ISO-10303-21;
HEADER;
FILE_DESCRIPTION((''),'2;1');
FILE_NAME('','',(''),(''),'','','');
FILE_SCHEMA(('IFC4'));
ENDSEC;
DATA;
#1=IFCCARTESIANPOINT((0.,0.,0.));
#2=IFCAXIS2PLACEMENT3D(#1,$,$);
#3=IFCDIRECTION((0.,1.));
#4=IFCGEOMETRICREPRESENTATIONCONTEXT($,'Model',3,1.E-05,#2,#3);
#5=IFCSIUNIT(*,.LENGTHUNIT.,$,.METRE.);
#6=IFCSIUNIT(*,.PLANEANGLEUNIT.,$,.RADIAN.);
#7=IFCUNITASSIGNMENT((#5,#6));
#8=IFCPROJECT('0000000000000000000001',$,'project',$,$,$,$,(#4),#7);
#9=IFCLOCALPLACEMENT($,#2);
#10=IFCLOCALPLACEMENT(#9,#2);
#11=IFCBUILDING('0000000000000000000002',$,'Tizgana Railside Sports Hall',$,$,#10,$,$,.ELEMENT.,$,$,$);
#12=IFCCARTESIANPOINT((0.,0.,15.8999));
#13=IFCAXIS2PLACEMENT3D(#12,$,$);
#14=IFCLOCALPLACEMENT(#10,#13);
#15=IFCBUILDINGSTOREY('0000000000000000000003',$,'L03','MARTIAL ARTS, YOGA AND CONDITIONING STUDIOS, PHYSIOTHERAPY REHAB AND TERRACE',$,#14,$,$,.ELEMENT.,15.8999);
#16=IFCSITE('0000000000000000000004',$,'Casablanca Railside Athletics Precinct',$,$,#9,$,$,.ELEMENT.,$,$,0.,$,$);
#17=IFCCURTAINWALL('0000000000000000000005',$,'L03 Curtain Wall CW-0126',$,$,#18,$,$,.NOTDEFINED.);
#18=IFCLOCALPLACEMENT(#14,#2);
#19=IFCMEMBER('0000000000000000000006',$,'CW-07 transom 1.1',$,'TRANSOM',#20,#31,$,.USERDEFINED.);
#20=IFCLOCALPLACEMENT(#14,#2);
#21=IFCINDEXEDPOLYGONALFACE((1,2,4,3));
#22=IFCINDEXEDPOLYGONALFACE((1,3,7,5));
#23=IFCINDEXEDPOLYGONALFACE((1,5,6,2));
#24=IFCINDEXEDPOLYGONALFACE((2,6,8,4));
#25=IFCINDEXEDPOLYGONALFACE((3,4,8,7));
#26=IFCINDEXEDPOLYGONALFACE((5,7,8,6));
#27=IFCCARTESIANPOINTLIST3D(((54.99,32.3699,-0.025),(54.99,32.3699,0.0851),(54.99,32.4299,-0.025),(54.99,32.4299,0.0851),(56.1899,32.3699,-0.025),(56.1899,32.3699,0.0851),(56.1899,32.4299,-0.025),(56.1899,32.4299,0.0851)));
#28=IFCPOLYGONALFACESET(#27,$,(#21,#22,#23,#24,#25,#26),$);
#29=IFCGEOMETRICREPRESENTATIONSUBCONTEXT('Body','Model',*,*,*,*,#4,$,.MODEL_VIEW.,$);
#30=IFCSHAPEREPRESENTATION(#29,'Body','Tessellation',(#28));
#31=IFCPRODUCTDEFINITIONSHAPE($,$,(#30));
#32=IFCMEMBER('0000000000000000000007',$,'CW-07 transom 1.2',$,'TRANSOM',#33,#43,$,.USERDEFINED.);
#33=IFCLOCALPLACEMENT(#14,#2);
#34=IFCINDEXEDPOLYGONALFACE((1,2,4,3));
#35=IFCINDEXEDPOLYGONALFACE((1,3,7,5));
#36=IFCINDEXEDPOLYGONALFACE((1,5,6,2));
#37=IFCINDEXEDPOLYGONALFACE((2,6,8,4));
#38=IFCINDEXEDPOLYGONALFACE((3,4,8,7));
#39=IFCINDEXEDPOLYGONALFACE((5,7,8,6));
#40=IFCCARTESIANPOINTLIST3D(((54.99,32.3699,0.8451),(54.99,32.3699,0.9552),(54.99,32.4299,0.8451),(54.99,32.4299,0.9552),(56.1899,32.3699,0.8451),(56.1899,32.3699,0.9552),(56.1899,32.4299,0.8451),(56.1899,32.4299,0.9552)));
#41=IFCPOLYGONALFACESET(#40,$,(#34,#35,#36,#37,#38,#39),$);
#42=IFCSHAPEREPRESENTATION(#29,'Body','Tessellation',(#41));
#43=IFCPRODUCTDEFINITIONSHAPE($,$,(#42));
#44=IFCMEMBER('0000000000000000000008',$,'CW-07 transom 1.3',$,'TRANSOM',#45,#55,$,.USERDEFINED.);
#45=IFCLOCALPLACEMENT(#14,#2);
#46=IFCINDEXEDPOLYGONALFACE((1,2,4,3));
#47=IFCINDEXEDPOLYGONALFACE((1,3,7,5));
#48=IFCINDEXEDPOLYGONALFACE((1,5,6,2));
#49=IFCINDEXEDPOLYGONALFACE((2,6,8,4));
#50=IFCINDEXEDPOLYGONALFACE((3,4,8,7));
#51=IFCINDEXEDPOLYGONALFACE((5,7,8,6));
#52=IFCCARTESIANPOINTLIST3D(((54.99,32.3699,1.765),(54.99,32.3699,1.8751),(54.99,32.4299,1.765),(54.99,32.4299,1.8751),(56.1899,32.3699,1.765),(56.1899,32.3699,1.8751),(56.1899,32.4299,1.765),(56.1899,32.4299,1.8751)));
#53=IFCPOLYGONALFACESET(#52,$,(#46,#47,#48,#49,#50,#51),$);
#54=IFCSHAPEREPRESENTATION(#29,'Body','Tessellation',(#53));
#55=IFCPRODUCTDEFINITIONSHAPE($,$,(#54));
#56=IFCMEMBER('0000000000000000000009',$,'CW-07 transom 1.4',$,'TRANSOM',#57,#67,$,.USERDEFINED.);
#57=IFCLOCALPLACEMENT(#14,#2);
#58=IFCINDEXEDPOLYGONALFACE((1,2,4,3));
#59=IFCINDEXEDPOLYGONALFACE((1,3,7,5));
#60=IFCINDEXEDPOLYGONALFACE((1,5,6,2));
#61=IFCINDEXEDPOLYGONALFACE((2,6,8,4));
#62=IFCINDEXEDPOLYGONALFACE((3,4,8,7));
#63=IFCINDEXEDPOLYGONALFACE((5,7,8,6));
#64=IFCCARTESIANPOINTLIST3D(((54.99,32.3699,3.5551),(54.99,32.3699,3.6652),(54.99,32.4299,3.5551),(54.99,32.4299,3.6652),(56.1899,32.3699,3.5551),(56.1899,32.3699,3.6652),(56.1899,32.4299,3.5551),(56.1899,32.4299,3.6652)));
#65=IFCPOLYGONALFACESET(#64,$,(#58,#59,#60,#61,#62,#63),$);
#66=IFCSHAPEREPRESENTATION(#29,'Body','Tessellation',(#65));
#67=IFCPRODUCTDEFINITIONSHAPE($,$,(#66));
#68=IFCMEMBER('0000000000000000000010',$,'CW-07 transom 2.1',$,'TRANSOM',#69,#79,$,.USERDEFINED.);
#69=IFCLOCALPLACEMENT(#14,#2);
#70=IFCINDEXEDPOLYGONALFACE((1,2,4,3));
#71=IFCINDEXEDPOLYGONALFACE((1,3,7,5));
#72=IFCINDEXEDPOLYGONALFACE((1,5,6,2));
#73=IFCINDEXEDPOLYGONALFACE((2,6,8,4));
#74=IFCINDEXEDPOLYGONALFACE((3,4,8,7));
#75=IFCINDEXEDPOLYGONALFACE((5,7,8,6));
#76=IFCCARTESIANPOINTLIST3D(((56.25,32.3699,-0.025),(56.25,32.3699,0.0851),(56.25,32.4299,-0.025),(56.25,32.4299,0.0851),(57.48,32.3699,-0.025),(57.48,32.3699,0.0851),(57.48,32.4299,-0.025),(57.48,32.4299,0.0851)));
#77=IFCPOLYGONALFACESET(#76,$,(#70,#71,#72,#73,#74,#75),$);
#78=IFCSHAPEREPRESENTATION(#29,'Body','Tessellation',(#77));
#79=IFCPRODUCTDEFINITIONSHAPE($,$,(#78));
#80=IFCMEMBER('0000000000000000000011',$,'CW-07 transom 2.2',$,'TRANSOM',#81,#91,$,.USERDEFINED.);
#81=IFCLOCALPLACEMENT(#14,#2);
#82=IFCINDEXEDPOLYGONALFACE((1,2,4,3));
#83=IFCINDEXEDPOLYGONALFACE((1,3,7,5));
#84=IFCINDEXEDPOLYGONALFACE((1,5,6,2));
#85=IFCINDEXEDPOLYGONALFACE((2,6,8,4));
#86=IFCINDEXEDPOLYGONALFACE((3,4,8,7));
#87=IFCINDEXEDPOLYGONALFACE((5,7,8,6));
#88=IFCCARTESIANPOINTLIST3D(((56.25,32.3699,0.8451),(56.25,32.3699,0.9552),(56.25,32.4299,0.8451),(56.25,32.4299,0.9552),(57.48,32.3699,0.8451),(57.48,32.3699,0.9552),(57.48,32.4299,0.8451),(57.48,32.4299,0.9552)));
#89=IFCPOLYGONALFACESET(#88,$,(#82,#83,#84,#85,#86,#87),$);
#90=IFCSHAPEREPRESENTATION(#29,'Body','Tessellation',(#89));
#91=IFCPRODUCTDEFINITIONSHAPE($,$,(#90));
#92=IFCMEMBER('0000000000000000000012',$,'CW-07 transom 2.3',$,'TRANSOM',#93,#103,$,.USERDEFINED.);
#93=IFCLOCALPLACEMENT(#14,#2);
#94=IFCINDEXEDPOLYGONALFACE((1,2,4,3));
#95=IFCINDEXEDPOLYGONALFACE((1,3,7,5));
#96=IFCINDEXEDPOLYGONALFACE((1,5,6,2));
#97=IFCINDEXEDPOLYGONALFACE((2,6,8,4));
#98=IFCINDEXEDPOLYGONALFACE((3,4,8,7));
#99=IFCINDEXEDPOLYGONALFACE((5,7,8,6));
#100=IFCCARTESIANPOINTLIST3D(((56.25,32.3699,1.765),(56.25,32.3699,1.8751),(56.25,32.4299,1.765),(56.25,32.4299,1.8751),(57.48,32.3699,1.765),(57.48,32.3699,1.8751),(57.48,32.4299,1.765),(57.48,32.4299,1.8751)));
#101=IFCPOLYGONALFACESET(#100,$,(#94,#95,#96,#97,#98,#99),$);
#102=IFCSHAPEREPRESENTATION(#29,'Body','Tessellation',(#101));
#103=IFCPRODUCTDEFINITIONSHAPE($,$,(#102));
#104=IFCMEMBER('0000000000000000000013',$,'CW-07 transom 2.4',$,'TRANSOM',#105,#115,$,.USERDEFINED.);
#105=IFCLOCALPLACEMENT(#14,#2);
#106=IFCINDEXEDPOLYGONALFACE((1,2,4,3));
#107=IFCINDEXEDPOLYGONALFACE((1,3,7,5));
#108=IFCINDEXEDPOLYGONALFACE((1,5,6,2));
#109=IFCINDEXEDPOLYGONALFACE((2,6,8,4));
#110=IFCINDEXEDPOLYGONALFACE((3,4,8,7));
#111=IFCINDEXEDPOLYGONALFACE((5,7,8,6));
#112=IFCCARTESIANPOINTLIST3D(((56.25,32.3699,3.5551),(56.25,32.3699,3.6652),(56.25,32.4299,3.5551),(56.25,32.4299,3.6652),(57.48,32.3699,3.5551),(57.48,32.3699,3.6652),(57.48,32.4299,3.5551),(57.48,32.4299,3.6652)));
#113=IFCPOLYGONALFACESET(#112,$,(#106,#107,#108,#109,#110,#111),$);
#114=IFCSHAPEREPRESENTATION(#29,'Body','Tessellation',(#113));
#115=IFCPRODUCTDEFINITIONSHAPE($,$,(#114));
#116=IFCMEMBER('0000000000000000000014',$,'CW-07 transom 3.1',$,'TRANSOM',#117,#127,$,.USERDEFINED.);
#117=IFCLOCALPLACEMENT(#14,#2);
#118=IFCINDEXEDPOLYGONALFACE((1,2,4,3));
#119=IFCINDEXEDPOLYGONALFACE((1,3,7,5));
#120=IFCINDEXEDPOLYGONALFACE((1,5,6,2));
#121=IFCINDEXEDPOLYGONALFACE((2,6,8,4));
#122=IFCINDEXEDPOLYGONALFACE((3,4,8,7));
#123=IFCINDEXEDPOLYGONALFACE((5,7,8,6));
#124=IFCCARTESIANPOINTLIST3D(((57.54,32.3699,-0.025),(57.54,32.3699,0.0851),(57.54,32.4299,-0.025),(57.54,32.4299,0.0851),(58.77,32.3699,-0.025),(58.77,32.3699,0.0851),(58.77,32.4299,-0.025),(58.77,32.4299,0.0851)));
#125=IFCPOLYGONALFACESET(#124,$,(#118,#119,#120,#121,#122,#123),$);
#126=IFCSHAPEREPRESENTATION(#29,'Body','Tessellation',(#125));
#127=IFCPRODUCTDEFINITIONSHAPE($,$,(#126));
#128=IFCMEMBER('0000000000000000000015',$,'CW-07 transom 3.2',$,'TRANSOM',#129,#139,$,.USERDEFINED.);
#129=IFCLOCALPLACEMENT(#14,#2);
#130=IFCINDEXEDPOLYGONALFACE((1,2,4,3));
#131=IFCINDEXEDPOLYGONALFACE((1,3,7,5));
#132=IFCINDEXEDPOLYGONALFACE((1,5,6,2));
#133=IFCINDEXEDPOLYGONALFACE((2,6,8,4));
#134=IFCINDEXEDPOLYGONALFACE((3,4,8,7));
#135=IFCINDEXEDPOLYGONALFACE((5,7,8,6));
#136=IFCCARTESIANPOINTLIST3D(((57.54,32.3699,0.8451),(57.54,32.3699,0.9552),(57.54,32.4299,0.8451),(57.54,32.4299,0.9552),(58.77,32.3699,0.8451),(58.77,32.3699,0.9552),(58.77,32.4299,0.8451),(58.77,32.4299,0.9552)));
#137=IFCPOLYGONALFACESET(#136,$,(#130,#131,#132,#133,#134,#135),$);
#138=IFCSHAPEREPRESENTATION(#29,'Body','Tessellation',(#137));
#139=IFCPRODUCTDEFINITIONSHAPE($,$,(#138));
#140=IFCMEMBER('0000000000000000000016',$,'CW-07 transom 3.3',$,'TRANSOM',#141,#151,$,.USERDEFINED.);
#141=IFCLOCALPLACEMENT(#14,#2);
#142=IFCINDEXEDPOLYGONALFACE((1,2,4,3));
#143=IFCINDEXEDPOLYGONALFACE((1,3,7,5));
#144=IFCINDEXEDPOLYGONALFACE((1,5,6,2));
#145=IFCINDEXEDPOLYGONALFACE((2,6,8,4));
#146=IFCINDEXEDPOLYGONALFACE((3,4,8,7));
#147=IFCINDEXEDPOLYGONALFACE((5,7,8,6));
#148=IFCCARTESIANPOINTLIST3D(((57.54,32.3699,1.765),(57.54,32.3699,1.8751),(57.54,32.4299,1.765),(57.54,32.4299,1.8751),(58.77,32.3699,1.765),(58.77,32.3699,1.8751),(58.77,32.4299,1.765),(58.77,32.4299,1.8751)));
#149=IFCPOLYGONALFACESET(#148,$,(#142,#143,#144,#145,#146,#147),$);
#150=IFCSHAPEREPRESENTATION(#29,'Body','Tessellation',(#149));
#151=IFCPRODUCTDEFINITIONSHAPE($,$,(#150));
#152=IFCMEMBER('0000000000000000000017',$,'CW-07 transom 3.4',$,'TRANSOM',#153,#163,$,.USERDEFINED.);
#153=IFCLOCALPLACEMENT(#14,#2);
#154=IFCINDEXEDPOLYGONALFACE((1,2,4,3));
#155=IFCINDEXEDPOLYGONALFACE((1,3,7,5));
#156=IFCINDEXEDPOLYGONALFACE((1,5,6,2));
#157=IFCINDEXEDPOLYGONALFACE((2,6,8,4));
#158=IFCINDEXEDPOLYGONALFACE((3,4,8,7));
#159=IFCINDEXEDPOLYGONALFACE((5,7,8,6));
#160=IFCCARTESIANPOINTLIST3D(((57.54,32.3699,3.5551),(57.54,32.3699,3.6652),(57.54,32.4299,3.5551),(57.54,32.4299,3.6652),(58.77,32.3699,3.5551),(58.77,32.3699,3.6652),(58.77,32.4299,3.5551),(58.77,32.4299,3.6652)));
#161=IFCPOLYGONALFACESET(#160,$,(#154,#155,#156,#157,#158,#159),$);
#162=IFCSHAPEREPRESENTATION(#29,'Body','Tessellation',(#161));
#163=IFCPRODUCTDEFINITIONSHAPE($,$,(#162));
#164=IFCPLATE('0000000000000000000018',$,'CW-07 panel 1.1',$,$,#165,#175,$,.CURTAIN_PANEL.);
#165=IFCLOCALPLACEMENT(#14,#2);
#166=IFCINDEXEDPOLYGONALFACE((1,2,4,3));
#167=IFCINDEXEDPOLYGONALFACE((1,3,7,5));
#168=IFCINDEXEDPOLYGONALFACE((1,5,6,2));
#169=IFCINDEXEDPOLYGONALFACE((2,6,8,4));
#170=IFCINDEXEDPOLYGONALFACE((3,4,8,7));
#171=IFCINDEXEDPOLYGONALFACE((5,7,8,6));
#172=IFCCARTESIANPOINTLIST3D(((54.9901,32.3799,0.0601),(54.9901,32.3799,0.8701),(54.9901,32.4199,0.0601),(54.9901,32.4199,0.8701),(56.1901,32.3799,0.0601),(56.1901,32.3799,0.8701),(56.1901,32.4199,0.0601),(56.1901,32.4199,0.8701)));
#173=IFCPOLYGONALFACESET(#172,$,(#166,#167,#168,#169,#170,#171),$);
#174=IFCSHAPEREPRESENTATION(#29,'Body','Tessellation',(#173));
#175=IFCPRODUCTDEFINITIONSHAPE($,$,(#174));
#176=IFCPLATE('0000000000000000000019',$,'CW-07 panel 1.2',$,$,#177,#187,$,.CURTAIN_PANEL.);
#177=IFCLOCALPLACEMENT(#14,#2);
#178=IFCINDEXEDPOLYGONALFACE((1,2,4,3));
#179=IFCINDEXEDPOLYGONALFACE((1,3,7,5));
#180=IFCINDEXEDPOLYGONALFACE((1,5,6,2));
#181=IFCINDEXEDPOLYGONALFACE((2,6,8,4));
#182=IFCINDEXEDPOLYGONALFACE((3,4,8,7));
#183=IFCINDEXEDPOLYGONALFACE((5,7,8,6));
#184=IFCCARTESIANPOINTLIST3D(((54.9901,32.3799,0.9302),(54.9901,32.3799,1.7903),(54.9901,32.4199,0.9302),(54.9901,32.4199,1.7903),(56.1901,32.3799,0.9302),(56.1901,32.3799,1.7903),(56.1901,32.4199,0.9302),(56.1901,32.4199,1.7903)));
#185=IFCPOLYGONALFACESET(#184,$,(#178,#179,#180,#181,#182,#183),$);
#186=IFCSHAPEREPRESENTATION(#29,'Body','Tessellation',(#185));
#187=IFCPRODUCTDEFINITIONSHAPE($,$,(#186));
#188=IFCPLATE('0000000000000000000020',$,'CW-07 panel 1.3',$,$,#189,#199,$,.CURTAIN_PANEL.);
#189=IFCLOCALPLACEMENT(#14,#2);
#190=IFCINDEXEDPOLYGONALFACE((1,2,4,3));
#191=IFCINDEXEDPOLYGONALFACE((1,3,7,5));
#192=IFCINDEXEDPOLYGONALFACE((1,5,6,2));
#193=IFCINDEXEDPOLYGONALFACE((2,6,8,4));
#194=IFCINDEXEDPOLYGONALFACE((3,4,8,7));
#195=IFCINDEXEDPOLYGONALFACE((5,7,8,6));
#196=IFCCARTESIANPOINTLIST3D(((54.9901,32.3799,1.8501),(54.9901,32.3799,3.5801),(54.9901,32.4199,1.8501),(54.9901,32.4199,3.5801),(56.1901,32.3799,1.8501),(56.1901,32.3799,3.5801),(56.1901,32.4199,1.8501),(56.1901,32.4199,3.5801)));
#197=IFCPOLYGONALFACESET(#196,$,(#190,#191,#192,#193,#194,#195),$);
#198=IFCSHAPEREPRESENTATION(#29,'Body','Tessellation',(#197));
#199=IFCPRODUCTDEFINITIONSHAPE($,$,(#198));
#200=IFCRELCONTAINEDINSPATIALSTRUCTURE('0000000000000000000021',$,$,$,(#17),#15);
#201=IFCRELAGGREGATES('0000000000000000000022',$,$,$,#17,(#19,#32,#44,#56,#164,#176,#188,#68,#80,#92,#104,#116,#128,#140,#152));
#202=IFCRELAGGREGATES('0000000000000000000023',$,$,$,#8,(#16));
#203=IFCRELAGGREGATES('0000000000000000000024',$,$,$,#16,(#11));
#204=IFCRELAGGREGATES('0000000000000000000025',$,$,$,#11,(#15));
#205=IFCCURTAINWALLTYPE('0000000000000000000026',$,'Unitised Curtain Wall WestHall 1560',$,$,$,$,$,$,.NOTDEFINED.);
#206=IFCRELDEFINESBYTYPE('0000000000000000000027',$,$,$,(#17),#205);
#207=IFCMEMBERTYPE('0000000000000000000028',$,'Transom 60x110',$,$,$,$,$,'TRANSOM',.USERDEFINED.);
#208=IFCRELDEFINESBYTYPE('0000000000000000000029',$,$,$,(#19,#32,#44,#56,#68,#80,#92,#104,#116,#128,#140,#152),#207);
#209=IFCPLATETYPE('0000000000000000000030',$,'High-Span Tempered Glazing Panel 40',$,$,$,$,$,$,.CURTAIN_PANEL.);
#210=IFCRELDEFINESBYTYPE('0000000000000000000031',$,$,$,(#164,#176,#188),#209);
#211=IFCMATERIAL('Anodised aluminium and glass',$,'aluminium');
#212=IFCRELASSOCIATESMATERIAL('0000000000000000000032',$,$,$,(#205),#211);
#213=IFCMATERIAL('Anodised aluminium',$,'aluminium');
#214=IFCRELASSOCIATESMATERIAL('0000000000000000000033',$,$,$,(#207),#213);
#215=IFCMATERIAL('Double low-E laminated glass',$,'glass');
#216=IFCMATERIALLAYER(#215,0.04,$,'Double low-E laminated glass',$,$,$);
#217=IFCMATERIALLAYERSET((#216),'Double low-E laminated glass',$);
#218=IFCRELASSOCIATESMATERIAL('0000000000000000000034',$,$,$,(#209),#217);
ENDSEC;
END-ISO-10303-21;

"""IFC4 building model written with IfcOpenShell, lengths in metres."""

from ifc_helpers import new_model, si_unit, direction, frame, origin, origin_2d, place, context, subcontext, project, spatial, rectangle, extrude, material, layer, layer_set, material_profile, profile_set, type_object, element, aggregate, save


model = new_model("IFC4")

# Units and contexts
model_context = context("Model", 3, precision=1e-05, world=origin(), true_north=direction((0.0, 1.0)))
body_context = subcontext(model_context, "Body", "Model", "MODEL_VIEW")
ifc_project = project(units=[si_unit("LENGTHUNIT", "METRE"), si_unit("PLANEANGLEUNIT", "RADIAN")], contexts=[model_context])

# Site, building, storey
site_placement = place(None, origin())
site = spatial("IfcSite", under=ifc_project, at=site_placement, Name="Casablanca Railside Athletics Precinct", CompositionType="ELEMENT", RefElevation=0.0)
building_placement = place(site_placement, origin())
building = spatial("IfcBuilding", under=site, at=building_placement, Name="Tizgana Railside Sports Hall", CompositionType="ELEMENT")
storey_placement = place(building_placement, frame((0.0, 0.0, 15.8999)))
storey = spatial("IfcBuildingStorey", under=building, at=storey_placement, Name="L03", Description="MARTIAL ARTS, YOGA AND CONDITIONING STUDIOS, PHYSIOTHERAPY REHAB AND TERRACE", CompositionType="ELEMENT", Elevation=15.8999)

# Curtain wall
ifc_material_1 = material(Name="Anodised aluminium and glass", Category="aluminium")
curtain_wall_type = type_object("IfcCurtainWallType", Name="Unitised Curtain Wall WestHall 1560", PredefinedType="NOTDEFINED", material=ifc_material_1)
curtain_wall_placement = place(storey_placement, origin())
curtain_wall = element("IfcCurtainWall", 1, at=curtain_wall_placement, inside=storey, type_object=curtain_wall_type, Name="L03 Curtain Wall CW-0126", PredefinedType="NOTDEFINED")
ifc_material_2 = material(Name="Anodised aluminium", Category="aluminium")

# Members
ifc_material_profile_1 = material_profile(ifc_material_2, rectangle(XDim=0.0601, YDim=0.1101, at=origin_2d()), Name="Transom 60x110")
ifc_profile_set_1 = profile_set([ifc_material_profile_1], Name="Anodised aluminium")
member_type_1 = type_object("IfcMemberType", Name="Transom 60x110", ElementType="TRANSOM", PredefinedType="USERDEFINED", material=ifc_profile_set_1)
member_1_placement = place(storey_placement, frame((54.99, 32.3999, 0.03), z_axis=(1.0, 0.0, 0.0), x_axis=(0.0, 1.0, 0.0)))
member_1 = element("IfcMember", 2, at=member_1_placement, type_object=member_type_1, Name="CW-07 transom 1.1", ObjectType="TRANSOM", PredefinedType="USERDEFINED", context=body_context, shape_type="SweptSolid", body=[
    extrude(rectangle(XDim=0.0601, YDim=0.1101, at=origin_2d()), origin(), (0.0, 0.0, 1.0), 1.2),
])
member_2_placement = place(storey_placement, frame((54.99, 32.3999, 0.9001), z_axis=(1.0, 0.0, 0.0), x_axis=(0.0, 1.0, 0.0)))
member_2 = element("IfcMember", 3, at=member_2_placement, type_object=member_type_1, Name="CW-07 transom 1.2", ObjectType="TRANSOM", PredefinedType="USERDEFINED", context=body_context, shape_type="SweptSolid", body=[
    extrude(rectangle(XDim=0.0601, YDim=0.1101, at=origin_2d()), origin(), (0.0, 0.0, 1.0), 1.2),
])
member_3_placement = place(storey_placement, frame((54.99, 32.3999, 1.8201), z_axis=(1.0, 0.0, 0.0), x_axis=(0.0, 1.0, 0.0)))
member_3 = element("IfcMember", 4, at=member_3_placement, type_object=member_type_1, Name="CW-07 transom 1.3", ObjectType="TRANSOM", PredefinedType="USERDEFINED", context=body_context, shape_type="SweptSolid", body=[
    extrude(rectangle(XDim=0.0601, YDim=0.1101, at=origin_2d()), origin(), (0.0, 0.0, 1.0), 1.2),
])
member_4_placement = place(storey_placement, frame((54.99, 32.3999, 3.6101), z_axis=(1.0, 0.0, 0.0), x_axis=(0.0, 1.0, 0.0)))
member_4 = element("IfcMember", 5, at=member_4_placement, type_object=member_type_1, Name="CW-07 transom 1.4", ObjectType="TRANSOM", PredefinedType="USERDEFINED", context=body_context, shape_type="SweptSolid", body=[
    extrude(rectangle(XDim=0.0601, YDim=0.1101, at=origin_2d()), origin(), (0.0, 0.0, 1.0), 1.2),
])
member_5_placement = place(storey_placement, frame((56.25, 32.3999, 0.03), z_axis=(1.0, 0.0, 0.0), x_axis=(0.0, 1.0, 0.0)))
member_5 = element("IfcMember", 6, at=member_5_placement, type_object=member_type_1, Name="CW-07 transom 2.1", ObjectType="TRANSOM", PredefinedType="USERDEFINED", context=body_context, shape_type="SweptSolid", body=[
    extrude(rectangle(XDim=0.0601, YDim=0.1101, at=origin_2d()), origin(), (0.0, 0.0, 1.0), 1.23),
])
member_6_placement = place(storey_placement, frame((56.25, 32.3999, 0.9001), z_axis=(1.0, 0.0, 0.0), x_axis=(0.0, 1.0, 0.0)))
member_6 = element("IfcMember", 7, at=member_6_placement, type_object=member_type_1, Name="CW-07 transom 2.2", ObjectType="TRANSOM", PredefinedType="USERDEFINED", context=body_context, shape_type="SweptSolid", body=[
    extrude(rectangle(XDim=0.0601, YDim=0.1101, at=origin_2d()), origin(), (0.0, 0.0, 1.0), 1.23),
])
member_7_placement = place(storey_placement, frame((56.25, 32.3999, 1.8201), z_axis=(1.0, 0.0, 0.0), x_axis=(0.0, 1.0, 0.0)))
member_7 = element("IfcMember", 8, at=member_7_placement, type_object=member_type_1, Name="CW-07 transom 2.3", ObjectType="TRANSOM", PredefinedType="USERDEFINED", context=body_context, shape_type="SweptSolid", body=[
    extrude(rectangle(XDim=0.0601, YDim=0.1101, at=origin_2d()), origin(), (0.0, 0.0, 1.0), 1.23),
])
member_8_placement = place(storey_placement, frame((56.25, 32.3999, 3.6101), z_axis=(1.0, 0.0, 0.0), x_axis=(0.0, 1.0, 0.0)))
member_8 = element("IfcMember", 9, at=member_8_placement, type_object=member_type_1, Name="CW-07 transom 2.4", ObjectType="TRANSOM", PredefinedType="USERDEFINED", context=body_context, shape_type="SweptSolid", body=[
    extrude(rectangle(XDim=0.0601, YDim=0.1101, at=origin_2d()), origin(), (0.0, 0.0, 1.0), 1.23),
])
member_9_placement = place(storey_placement, frame((57.54, 32.3999, 0.03), z_axis=(1.0, 0.0, 0.0), x_axis=(0.0, 1.0, 0.0)))
member_9 = element("IfcMember", 10, at=member_9_placement, type_object=member_type_1, Name="CW-07 transom 3.1", ObjectType="TRANSOM", PredefinedType="USERDEFINED", context=body_context, shape_type="SweptSolid", body=[
    extrude(rectangle(XDim=0.0601, YDim=0.1101, at=origin_2d()), origin(), (0.0, 0.0, 1.0), 1.23),
])
member_10_placement = place(storey_placement, frame((57.54, 32.3999, 0.9001), z_axis=(1.0, 0.0, 0.0), x_axis=(0.0, 1.0, 0.0)))
member_10 = element("IfcMember", 11, at=member_10_placement, type_object=member_type_1, Name="CW-07 transom 3.2", ObjectType="TRANSOM", PredefinedType="USERDEFINED", context=body_context, shape_type="SweptSolid", body=[
    extrude(rectangle(XDim=0.0601, YDim=0.1101, at=origin_2d()), origin(), (0.0, 0.0, 1.0), 1.23),
])
member_11_placement = place(storey_placement, frame((57.54, 32.3999, 1.8201), z_axis=(1.0, 0.0, 0.0), x_axis=(0.0, 1.0, 0.0)))
member_11 = element("IfcMember", 12, at=member_11_placement, type_object=member_type_1, Name="CW-07 transom 3.3", ObjectType="TRANSOM", PredefinedType="USERDEFINED", context=body_context, shape_type="SweptSolid", body=[
    extrude(rectangle(XDim=0.0601, YDim=0.1101, at=origin_2d()), origin(), (0.0, 0.0, 1.0), 1.23),
])
member_12_placement = place(storey_placement, frame((57.54, 32.3999, 3.6101), z_axis=(1.0, 0.0, 0.0), x_axis=(0.0, 1.0, 0.0)))
member_12 = element("IfcMember", 13, at=member_12_placement, type_object=member_type_1, Name="CW-07 transom 3.4", ObjectType="TRANSOM", PredefinedType="USERDEFINED", context=body_context, shape_type="SweptSolid", body=[
    extrude(rectangle(XDim=0.0601, YDim=0.1101, at=origin_2d()), origin(), (0.0, 0.0, 1.0), 1.23),
])

# Plates
ifc_material_3 = material(Name="Double low-E laminated glass", Category="glass")
ifc_layer_1 = layer(ifc_material_3, 0.04, Name="Double low-E laminated glass")
ifc_layer_set_1 = layer_set([ifc_layer_1], Name="Double low-E laminated glass")
plate_type = type_object("IfcPlateType", Name="High-Span Tempered Glazing Panel 40", PredefinedType="CURTAIN_PANEL", material=ifc_layer_set_1)
plate_1_placement = place(storey_placement, frame((55.5901, 32.3999, 0.0601), z_axis=(0.0, 0.0, 1.0), x_axis=(1.0, 0.0, 0.0)))
plate_1 = element("IfcPlate", 14, at=plate_1_placement, type_object=plate_type, Name="CW-07 panel 1.1", PredefinedType="CURTAIN_PANEL", context=body_context, shape_type="SweptSolid", body=[
    extrude(rectangle(XDim=1.2, YDim=0.04, at=origin_2d()), origin(), (0.0, 0.0, 1.0), 0.8101),
])
plate_2_placement = place(storey_placement, frame((55.5901, 32.3999, 0.9302), z_axis=(0.0, 0.0, 1.0), x_axis=(1.0, 0.0, 0.0)))
plate_2 = element("IfcPlate", 15, at=plate_2_placement, type_object=plate_type, Name="CW-07 panel 1.2", PredefinedType="CURTAIN_PANEL", context=body_context, shape_type="SweptSolid", body=[
    extrude(rectangle(XDim=1.2, YDim=0.04, at=origin_2d()), origin(), (0.0, 0.0, 1.0), 0.8601),
])
plate_3_placement = place(storey_placement, frame((55.5901, 32.3999, 1.8501), z_axis=(0.0, 0.0, 1.0), x_axis=(1.0, 0.0, 0.0)))
plate_3 = element("IfcPlate", 16, at=plate_3_placement, type_object=plate_type, Name="CW-07 panel 1.3", PredefinedType="CURTAIN_PANEL", context=body_context, shape_type="SweptSolid", body=[
    extrude(rectangle(XDim=1.2, YDim=0.04, at=origin_2d()), origin(), (0.0, 0.0, 1.0), 1.73),
])
aggregate(curtain_wall, [member_1, member_2, member_3, member_4, plate_1, plate_2, plate_3, member_5, member_6, member_7, member_8, member_9, member_10, member_11, member_12])

save(model, "model.ifc")
